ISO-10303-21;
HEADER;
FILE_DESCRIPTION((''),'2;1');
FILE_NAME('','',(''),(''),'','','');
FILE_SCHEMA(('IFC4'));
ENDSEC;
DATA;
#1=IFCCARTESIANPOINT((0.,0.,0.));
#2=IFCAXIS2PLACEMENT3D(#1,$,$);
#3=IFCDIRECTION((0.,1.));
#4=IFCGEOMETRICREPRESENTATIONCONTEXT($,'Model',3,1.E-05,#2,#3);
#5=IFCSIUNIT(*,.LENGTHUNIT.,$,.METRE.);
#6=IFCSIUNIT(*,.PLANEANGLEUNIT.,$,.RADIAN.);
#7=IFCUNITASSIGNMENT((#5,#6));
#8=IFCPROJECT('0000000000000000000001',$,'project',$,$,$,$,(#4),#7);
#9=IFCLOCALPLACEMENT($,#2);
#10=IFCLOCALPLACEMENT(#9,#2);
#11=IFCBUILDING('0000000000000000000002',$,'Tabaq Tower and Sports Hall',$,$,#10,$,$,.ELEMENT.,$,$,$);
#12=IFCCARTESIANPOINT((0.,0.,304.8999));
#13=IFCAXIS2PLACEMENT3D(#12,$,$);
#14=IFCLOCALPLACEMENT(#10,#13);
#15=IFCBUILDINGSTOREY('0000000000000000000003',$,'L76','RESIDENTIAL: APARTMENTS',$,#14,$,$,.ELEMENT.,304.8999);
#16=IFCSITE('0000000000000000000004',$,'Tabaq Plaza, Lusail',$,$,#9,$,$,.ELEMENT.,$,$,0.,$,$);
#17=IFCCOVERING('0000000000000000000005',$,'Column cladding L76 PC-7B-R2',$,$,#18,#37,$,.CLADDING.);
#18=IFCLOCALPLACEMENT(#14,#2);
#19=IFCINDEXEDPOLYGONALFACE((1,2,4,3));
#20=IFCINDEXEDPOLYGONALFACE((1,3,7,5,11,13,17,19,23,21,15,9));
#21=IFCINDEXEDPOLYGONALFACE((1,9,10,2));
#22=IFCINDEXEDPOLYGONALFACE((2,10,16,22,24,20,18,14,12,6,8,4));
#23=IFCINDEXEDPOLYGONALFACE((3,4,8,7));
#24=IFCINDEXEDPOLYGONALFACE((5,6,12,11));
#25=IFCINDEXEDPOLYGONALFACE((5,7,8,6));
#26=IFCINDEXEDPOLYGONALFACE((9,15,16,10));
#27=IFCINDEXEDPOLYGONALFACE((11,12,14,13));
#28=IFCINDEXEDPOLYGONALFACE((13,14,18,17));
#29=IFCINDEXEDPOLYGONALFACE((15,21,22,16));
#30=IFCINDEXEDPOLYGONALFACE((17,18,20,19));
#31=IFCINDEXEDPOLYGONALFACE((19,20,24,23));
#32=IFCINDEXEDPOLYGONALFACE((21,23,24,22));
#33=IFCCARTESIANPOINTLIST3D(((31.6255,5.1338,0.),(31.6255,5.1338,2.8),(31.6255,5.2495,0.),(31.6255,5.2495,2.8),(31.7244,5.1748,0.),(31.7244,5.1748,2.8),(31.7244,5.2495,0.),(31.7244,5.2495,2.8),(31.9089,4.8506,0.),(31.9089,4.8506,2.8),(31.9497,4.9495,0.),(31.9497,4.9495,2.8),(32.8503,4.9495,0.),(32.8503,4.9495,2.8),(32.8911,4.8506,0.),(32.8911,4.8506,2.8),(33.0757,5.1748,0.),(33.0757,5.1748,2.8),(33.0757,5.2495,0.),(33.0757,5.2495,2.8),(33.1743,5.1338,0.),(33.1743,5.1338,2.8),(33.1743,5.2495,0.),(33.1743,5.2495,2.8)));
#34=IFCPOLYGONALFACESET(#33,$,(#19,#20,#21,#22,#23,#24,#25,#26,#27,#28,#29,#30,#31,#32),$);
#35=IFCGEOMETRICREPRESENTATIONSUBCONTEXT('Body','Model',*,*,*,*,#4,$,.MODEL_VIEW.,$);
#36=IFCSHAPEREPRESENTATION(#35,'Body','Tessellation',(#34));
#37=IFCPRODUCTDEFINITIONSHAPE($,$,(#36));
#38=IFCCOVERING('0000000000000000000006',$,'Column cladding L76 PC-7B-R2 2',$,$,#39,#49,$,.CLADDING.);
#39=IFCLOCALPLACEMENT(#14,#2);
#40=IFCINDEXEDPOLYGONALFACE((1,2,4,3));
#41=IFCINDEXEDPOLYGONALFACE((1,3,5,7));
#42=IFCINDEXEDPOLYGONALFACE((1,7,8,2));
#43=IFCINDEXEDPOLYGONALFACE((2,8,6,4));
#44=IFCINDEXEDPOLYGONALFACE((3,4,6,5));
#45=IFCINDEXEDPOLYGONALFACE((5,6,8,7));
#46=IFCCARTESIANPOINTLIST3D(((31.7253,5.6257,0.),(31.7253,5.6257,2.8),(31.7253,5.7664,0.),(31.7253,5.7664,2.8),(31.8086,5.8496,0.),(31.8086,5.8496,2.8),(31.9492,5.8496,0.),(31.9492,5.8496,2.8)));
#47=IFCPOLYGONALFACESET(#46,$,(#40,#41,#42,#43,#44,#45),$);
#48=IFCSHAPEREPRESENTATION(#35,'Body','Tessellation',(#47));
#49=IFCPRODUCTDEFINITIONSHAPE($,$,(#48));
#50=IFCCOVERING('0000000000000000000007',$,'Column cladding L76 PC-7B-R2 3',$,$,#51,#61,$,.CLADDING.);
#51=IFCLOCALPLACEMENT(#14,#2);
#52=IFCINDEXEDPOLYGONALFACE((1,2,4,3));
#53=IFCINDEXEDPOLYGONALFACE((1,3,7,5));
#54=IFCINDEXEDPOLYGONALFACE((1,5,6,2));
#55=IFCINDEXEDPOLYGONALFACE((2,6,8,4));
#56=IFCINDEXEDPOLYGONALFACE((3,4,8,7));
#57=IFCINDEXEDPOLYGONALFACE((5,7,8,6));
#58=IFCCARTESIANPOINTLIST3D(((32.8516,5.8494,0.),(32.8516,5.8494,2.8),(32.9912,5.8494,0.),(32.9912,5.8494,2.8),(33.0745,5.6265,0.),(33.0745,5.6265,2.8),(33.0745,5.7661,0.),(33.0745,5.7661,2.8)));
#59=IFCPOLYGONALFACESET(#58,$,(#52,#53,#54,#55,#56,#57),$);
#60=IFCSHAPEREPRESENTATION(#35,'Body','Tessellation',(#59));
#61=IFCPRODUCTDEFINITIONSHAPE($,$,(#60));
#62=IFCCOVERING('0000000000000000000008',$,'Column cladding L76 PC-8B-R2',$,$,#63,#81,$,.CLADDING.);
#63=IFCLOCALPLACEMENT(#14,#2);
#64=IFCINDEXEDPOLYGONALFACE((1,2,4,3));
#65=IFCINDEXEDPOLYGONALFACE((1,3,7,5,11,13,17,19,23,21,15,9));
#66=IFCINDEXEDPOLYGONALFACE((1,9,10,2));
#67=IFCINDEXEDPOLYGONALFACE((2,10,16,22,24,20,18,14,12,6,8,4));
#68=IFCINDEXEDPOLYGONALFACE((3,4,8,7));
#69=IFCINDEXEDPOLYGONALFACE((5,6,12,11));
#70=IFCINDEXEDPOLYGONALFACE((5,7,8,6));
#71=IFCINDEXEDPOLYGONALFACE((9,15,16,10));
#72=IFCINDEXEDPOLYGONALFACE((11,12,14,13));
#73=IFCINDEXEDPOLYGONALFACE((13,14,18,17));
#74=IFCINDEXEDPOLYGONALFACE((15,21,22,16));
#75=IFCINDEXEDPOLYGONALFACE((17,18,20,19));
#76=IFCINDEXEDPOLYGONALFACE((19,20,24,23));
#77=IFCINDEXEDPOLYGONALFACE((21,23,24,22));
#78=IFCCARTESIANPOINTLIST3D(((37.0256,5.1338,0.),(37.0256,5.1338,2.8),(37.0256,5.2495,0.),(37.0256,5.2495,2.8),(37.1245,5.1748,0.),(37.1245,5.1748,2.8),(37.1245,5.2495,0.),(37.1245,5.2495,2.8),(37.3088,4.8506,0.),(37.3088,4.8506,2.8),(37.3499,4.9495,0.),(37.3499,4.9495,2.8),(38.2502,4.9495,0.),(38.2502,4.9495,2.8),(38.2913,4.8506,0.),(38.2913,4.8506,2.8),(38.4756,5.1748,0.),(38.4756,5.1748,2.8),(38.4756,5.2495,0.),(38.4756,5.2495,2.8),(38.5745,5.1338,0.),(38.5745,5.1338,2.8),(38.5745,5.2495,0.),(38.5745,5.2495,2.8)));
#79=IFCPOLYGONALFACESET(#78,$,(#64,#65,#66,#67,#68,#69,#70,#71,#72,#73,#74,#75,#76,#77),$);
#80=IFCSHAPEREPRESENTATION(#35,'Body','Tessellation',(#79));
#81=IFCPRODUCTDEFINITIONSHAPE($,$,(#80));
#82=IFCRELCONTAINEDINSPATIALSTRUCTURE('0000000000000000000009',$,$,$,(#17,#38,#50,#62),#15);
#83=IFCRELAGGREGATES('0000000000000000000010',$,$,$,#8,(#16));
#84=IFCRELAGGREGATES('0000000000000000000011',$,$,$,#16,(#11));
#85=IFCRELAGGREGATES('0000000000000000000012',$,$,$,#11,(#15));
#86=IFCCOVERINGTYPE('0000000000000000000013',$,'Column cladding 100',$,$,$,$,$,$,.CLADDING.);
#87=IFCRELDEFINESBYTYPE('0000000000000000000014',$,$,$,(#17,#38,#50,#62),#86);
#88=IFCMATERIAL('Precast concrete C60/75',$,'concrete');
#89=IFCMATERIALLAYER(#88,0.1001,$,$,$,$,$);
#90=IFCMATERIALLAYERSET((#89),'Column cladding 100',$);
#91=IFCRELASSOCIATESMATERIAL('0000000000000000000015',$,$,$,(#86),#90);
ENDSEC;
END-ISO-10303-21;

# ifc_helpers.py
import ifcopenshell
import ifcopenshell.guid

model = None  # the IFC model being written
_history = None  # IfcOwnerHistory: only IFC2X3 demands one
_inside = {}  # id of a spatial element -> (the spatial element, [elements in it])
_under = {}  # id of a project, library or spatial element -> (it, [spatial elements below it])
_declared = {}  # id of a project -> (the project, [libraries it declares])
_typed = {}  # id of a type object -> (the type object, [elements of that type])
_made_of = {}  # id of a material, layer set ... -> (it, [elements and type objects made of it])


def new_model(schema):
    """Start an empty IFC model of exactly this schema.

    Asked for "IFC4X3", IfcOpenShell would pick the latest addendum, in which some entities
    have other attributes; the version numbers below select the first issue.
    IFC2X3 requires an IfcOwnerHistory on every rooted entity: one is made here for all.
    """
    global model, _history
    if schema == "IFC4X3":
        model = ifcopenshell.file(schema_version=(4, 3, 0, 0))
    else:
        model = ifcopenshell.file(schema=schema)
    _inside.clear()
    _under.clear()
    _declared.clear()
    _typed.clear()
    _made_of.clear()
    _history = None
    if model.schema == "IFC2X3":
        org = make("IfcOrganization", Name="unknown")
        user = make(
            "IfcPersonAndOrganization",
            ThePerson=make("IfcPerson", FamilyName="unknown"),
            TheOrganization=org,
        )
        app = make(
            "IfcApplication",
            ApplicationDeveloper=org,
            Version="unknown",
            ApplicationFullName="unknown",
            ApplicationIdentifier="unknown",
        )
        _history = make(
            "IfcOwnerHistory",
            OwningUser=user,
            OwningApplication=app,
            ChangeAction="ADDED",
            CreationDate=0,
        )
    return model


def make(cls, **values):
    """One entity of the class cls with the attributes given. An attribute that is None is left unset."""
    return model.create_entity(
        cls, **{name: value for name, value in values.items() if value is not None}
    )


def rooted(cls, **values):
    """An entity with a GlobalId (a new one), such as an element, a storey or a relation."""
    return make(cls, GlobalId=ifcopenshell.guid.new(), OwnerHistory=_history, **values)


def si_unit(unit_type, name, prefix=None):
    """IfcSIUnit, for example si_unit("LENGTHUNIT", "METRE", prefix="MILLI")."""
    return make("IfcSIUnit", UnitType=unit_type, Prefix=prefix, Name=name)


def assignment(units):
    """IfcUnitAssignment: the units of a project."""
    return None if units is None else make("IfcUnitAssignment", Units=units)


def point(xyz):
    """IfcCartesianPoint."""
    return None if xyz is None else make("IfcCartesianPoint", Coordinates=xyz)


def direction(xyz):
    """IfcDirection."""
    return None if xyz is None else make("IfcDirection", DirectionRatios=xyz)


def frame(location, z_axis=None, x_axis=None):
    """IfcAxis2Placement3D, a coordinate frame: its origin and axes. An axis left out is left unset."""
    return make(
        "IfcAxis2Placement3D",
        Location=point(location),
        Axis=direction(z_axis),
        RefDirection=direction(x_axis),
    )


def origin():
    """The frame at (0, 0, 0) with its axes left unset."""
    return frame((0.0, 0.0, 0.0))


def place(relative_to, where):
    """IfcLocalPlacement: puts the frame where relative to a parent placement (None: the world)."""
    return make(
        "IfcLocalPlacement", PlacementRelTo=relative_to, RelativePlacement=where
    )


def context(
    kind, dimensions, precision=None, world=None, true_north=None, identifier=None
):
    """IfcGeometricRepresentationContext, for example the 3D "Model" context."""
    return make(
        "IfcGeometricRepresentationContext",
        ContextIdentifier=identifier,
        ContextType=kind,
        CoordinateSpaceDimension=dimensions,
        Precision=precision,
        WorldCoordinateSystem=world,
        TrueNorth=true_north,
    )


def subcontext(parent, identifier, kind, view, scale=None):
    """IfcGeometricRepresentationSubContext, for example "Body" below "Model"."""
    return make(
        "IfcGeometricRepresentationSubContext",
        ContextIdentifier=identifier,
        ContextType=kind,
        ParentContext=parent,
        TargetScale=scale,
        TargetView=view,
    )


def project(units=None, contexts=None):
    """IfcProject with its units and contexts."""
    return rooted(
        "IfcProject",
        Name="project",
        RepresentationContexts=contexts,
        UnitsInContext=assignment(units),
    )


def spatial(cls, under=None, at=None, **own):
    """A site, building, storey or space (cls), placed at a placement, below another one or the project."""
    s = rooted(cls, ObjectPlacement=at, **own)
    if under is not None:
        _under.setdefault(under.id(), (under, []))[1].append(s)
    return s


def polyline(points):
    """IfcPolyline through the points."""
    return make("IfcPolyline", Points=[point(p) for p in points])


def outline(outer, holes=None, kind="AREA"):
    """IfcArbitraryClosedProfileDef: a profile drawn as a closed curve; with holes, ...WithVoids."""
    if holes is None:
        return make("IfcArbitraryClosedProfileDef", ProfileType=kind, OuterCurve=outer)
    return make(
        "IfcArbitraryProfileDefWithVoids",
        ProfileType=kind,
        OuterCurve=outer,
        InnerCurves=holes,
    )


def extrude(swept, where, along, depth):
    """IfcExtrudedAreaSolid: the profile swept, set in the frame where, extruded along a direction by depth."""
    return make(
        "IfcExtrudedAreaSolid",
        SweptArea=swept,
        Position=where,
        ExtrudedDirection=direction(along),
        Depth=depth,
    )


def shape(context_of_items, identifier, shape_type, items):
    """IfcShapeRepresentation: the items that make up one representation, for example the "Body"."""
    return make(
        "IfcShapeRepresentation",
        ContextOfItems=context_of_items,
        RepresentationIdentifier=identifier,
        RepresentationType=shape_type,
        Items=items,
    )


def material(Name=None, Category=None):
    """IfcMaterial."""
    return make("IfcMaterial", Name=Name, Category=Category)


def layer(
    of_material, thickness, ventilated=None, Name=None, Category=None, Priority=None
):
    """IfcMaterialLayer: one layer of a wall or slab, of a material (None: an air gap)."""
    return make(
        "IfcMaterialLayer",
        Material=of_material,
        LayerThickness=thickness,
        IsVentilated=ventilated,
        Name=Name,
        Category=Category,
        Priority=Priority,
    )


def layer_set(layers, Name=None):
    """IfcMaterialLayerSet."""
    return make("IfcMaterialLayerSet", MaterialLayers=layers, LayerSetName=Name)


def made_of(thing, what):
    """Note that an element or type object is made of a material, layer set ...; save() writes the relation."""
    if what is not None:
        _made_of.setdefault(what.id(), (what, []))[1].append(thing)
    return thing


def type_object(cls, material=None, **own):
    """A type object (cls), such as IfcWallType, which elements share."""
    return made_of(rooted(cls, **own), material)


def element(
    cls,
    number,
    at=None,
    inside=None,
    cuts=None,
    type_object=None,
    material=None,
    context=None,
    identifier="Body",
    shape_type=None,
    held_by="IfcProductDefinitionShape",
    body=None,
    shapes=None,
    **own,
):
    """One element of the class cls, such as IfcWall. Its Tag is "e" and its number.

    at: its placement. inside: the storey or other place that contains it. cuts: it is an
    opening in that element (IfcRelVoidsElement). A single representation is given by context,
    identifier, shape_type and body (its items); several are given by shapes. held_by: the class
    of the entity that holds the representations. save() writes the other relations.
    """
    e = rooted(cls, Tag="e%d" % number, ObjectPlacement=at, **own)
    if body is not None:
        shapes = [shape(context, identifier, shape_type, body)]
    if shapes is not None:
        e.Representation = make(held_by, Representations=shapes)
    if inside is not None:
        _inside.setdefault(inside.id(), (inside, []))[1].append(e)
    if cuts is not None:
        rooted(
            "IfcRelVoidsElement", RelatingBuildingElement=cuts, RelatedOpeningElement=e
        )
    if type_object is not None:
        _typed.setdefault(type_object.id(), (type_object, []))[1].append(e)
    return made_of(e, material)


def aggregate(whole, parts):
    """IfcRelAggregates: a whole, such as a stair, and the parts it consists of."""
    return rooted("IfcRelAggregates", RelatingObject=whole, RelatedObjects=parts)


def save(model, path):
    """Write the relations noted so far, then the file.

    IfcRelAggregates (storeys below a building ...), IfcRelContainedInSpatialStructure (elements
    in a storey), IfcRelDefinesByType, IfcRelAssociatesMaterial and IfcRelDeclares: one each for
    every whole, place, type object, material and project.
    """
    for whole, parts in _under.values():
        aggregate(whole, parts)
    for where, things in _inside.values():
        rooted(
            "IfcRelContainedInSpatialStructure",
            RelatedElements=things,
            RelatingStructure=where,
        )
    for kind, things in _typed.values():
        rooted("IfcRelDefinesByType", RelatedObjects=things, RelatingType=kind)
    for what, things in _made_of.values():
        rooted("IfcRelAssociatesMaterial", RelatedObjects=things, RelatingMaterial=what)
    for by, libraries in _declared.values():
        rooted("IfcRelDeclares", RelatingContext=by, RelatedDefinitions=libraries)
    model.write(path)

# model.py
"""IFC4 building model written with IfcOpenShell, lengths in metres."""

from ifc_helpers import new_model, si_unit, direction, frame, origin, place, context, subcontext, project, spatial, polyline, outline, extrude, material, layer, layer_set, type_object, element, save


model = new_model("IFC4")

# Units and contexts
model_context = context("Model", 3, precision=1e-05, world=origin(), true_north=direction((0.0, 1.0)))
body_context = subcontext(model_context, "Body", "Model", "MODEL_VIEW")
ifc_project = project(units=[si_unit("LENGTHUNIT", "METRE"), si_unit("PLANEANGLEUNIT", "RADIAN")], contexts=[model_context])

# Site, building, storey
site_placement = place(None, origin())
site = spatial("IfcSite", under=ifc_project, at=site_placement, Name="Tabaq Plaza, Lusail", CompositionType="ELEMENT", RefElevation=0.0)
building_placement = place(site_placement, origin())
building = spatial("IfcBuilding", under=site, at=building_placement, Name="Tabaq Tower and Sports Hall", CompositionType="ELEMENT")
storey_placement = place(building_placement, frame((0.0, 0.0, 304.8999)))
storey = spatial("IfcBuildingStorey", under=building, at=storey_placement, Name="L76", Description="RESIDENTIAL: APARTMENTS", CompositionType="ELEMENT", Elevation=304.8999)

# Coverings
ifc_material_1 = material(Name="Precast concrete C60/75", Category="concrete")
ifc_layer_1 = layer(ifc_material_1, 0.1001)
ifc_layer_set_1 = layer_set([ifc_layer_1], Name="Column cladding 100")
covering_type = type_object("IfcCoveringType", Name="Column cladding 100", PredefinedType="CLADDING", material=ifc_layer_set_1)
covering_1_placement = place(storey_placement, origin())
element("IfcCovering", 1, at=covering_1_placement, inside=storey, type_object=covering_type, Name="Column cladding L76 PC-7B-R2", PredefinedType="CLADDING", context=body_context, shape_type="SweptSolid", body=[
    extrude(outline(polyline([(31.6255, 5.2495), (31.7244, 5.2495), (31.7244, 5.1748), (31.9497, 4.9495), (32.8503, 4.9495), (33.0757, 5.1748), (33.0757, 5.2495), (33.1743, 5.2495), (33.1743, 5.1338), (32.8911, 4.8506), (31.9089, 4.8506), (31.6255, 5.1338), (31.6255, 5.2495)])), origin(), (0.0, 0.0, 1.0), 2.8),
])
covering_2_placement = place(storey_placement, origin())
element("IfcCovering", 2, at=covering_2_placement, inside=storey, type_object=covering_type, Name="Column cladding L76 PC-7B-R2 2", PredefinedType="CLADDING", context=body_context, shape_type="SweptSolid", body=[
    extrude(outline(polyline([(31.8086, 5.8496), (31.9492, 5.8496), (31.7253, 5.6257), (31.7253, 5.7664), (31.8086, 5.8496)])), origin(), (0.0, 0.0, 1.0), 2.8),
])
covering_3_placement = place(storey_placement, origin())
element("IfcCovering", 3, at=covering_3_placement, inside=storey, type_object=covering_type, Name="Column cladding L76 PC-7B-R2 3", PredefinedType="CLADDING", context=body_context, shape_type="SweptSolid", body=[
    extrude(outline(polyline([(33.0745, 5.6265), (32.8516, 5.8494), (32.9912, 5.8494), (33.0745, 5.7661), (33.0745, 5.6265)])), origin(), (0.0, 0.0, 1.0), 2.8),
])
covering_4_placement = place(storey_placement, origin())
element("IfcCovering", 4, at=covering_4_placement, inside=storey, type_object=covering_type, Name="Column cladding L76 PC-8B-R2", PredefinedType="CLADDING", context=body_context, shape_type="SweptSolid", body=[
    extrude(outline(polyline([(37.0256, 5.2495), (37.1245, 5.2495), (37.1245, 5.1748), (37.3499, 4.9495), (38.2502, 4.9495), (38.4756, 5.1748), (38.4756, 5.2495), (38.5745, 5.2495), (38.5745, 5.1338), (38.2913, 4.8506), (37.3088, 4.8506), (37.0256, 5.1338), (37.0256, 5.2495)])), origin(), (0.0, 0.0, 1.0), 2.8),
])

save(model, "model.ifc")
